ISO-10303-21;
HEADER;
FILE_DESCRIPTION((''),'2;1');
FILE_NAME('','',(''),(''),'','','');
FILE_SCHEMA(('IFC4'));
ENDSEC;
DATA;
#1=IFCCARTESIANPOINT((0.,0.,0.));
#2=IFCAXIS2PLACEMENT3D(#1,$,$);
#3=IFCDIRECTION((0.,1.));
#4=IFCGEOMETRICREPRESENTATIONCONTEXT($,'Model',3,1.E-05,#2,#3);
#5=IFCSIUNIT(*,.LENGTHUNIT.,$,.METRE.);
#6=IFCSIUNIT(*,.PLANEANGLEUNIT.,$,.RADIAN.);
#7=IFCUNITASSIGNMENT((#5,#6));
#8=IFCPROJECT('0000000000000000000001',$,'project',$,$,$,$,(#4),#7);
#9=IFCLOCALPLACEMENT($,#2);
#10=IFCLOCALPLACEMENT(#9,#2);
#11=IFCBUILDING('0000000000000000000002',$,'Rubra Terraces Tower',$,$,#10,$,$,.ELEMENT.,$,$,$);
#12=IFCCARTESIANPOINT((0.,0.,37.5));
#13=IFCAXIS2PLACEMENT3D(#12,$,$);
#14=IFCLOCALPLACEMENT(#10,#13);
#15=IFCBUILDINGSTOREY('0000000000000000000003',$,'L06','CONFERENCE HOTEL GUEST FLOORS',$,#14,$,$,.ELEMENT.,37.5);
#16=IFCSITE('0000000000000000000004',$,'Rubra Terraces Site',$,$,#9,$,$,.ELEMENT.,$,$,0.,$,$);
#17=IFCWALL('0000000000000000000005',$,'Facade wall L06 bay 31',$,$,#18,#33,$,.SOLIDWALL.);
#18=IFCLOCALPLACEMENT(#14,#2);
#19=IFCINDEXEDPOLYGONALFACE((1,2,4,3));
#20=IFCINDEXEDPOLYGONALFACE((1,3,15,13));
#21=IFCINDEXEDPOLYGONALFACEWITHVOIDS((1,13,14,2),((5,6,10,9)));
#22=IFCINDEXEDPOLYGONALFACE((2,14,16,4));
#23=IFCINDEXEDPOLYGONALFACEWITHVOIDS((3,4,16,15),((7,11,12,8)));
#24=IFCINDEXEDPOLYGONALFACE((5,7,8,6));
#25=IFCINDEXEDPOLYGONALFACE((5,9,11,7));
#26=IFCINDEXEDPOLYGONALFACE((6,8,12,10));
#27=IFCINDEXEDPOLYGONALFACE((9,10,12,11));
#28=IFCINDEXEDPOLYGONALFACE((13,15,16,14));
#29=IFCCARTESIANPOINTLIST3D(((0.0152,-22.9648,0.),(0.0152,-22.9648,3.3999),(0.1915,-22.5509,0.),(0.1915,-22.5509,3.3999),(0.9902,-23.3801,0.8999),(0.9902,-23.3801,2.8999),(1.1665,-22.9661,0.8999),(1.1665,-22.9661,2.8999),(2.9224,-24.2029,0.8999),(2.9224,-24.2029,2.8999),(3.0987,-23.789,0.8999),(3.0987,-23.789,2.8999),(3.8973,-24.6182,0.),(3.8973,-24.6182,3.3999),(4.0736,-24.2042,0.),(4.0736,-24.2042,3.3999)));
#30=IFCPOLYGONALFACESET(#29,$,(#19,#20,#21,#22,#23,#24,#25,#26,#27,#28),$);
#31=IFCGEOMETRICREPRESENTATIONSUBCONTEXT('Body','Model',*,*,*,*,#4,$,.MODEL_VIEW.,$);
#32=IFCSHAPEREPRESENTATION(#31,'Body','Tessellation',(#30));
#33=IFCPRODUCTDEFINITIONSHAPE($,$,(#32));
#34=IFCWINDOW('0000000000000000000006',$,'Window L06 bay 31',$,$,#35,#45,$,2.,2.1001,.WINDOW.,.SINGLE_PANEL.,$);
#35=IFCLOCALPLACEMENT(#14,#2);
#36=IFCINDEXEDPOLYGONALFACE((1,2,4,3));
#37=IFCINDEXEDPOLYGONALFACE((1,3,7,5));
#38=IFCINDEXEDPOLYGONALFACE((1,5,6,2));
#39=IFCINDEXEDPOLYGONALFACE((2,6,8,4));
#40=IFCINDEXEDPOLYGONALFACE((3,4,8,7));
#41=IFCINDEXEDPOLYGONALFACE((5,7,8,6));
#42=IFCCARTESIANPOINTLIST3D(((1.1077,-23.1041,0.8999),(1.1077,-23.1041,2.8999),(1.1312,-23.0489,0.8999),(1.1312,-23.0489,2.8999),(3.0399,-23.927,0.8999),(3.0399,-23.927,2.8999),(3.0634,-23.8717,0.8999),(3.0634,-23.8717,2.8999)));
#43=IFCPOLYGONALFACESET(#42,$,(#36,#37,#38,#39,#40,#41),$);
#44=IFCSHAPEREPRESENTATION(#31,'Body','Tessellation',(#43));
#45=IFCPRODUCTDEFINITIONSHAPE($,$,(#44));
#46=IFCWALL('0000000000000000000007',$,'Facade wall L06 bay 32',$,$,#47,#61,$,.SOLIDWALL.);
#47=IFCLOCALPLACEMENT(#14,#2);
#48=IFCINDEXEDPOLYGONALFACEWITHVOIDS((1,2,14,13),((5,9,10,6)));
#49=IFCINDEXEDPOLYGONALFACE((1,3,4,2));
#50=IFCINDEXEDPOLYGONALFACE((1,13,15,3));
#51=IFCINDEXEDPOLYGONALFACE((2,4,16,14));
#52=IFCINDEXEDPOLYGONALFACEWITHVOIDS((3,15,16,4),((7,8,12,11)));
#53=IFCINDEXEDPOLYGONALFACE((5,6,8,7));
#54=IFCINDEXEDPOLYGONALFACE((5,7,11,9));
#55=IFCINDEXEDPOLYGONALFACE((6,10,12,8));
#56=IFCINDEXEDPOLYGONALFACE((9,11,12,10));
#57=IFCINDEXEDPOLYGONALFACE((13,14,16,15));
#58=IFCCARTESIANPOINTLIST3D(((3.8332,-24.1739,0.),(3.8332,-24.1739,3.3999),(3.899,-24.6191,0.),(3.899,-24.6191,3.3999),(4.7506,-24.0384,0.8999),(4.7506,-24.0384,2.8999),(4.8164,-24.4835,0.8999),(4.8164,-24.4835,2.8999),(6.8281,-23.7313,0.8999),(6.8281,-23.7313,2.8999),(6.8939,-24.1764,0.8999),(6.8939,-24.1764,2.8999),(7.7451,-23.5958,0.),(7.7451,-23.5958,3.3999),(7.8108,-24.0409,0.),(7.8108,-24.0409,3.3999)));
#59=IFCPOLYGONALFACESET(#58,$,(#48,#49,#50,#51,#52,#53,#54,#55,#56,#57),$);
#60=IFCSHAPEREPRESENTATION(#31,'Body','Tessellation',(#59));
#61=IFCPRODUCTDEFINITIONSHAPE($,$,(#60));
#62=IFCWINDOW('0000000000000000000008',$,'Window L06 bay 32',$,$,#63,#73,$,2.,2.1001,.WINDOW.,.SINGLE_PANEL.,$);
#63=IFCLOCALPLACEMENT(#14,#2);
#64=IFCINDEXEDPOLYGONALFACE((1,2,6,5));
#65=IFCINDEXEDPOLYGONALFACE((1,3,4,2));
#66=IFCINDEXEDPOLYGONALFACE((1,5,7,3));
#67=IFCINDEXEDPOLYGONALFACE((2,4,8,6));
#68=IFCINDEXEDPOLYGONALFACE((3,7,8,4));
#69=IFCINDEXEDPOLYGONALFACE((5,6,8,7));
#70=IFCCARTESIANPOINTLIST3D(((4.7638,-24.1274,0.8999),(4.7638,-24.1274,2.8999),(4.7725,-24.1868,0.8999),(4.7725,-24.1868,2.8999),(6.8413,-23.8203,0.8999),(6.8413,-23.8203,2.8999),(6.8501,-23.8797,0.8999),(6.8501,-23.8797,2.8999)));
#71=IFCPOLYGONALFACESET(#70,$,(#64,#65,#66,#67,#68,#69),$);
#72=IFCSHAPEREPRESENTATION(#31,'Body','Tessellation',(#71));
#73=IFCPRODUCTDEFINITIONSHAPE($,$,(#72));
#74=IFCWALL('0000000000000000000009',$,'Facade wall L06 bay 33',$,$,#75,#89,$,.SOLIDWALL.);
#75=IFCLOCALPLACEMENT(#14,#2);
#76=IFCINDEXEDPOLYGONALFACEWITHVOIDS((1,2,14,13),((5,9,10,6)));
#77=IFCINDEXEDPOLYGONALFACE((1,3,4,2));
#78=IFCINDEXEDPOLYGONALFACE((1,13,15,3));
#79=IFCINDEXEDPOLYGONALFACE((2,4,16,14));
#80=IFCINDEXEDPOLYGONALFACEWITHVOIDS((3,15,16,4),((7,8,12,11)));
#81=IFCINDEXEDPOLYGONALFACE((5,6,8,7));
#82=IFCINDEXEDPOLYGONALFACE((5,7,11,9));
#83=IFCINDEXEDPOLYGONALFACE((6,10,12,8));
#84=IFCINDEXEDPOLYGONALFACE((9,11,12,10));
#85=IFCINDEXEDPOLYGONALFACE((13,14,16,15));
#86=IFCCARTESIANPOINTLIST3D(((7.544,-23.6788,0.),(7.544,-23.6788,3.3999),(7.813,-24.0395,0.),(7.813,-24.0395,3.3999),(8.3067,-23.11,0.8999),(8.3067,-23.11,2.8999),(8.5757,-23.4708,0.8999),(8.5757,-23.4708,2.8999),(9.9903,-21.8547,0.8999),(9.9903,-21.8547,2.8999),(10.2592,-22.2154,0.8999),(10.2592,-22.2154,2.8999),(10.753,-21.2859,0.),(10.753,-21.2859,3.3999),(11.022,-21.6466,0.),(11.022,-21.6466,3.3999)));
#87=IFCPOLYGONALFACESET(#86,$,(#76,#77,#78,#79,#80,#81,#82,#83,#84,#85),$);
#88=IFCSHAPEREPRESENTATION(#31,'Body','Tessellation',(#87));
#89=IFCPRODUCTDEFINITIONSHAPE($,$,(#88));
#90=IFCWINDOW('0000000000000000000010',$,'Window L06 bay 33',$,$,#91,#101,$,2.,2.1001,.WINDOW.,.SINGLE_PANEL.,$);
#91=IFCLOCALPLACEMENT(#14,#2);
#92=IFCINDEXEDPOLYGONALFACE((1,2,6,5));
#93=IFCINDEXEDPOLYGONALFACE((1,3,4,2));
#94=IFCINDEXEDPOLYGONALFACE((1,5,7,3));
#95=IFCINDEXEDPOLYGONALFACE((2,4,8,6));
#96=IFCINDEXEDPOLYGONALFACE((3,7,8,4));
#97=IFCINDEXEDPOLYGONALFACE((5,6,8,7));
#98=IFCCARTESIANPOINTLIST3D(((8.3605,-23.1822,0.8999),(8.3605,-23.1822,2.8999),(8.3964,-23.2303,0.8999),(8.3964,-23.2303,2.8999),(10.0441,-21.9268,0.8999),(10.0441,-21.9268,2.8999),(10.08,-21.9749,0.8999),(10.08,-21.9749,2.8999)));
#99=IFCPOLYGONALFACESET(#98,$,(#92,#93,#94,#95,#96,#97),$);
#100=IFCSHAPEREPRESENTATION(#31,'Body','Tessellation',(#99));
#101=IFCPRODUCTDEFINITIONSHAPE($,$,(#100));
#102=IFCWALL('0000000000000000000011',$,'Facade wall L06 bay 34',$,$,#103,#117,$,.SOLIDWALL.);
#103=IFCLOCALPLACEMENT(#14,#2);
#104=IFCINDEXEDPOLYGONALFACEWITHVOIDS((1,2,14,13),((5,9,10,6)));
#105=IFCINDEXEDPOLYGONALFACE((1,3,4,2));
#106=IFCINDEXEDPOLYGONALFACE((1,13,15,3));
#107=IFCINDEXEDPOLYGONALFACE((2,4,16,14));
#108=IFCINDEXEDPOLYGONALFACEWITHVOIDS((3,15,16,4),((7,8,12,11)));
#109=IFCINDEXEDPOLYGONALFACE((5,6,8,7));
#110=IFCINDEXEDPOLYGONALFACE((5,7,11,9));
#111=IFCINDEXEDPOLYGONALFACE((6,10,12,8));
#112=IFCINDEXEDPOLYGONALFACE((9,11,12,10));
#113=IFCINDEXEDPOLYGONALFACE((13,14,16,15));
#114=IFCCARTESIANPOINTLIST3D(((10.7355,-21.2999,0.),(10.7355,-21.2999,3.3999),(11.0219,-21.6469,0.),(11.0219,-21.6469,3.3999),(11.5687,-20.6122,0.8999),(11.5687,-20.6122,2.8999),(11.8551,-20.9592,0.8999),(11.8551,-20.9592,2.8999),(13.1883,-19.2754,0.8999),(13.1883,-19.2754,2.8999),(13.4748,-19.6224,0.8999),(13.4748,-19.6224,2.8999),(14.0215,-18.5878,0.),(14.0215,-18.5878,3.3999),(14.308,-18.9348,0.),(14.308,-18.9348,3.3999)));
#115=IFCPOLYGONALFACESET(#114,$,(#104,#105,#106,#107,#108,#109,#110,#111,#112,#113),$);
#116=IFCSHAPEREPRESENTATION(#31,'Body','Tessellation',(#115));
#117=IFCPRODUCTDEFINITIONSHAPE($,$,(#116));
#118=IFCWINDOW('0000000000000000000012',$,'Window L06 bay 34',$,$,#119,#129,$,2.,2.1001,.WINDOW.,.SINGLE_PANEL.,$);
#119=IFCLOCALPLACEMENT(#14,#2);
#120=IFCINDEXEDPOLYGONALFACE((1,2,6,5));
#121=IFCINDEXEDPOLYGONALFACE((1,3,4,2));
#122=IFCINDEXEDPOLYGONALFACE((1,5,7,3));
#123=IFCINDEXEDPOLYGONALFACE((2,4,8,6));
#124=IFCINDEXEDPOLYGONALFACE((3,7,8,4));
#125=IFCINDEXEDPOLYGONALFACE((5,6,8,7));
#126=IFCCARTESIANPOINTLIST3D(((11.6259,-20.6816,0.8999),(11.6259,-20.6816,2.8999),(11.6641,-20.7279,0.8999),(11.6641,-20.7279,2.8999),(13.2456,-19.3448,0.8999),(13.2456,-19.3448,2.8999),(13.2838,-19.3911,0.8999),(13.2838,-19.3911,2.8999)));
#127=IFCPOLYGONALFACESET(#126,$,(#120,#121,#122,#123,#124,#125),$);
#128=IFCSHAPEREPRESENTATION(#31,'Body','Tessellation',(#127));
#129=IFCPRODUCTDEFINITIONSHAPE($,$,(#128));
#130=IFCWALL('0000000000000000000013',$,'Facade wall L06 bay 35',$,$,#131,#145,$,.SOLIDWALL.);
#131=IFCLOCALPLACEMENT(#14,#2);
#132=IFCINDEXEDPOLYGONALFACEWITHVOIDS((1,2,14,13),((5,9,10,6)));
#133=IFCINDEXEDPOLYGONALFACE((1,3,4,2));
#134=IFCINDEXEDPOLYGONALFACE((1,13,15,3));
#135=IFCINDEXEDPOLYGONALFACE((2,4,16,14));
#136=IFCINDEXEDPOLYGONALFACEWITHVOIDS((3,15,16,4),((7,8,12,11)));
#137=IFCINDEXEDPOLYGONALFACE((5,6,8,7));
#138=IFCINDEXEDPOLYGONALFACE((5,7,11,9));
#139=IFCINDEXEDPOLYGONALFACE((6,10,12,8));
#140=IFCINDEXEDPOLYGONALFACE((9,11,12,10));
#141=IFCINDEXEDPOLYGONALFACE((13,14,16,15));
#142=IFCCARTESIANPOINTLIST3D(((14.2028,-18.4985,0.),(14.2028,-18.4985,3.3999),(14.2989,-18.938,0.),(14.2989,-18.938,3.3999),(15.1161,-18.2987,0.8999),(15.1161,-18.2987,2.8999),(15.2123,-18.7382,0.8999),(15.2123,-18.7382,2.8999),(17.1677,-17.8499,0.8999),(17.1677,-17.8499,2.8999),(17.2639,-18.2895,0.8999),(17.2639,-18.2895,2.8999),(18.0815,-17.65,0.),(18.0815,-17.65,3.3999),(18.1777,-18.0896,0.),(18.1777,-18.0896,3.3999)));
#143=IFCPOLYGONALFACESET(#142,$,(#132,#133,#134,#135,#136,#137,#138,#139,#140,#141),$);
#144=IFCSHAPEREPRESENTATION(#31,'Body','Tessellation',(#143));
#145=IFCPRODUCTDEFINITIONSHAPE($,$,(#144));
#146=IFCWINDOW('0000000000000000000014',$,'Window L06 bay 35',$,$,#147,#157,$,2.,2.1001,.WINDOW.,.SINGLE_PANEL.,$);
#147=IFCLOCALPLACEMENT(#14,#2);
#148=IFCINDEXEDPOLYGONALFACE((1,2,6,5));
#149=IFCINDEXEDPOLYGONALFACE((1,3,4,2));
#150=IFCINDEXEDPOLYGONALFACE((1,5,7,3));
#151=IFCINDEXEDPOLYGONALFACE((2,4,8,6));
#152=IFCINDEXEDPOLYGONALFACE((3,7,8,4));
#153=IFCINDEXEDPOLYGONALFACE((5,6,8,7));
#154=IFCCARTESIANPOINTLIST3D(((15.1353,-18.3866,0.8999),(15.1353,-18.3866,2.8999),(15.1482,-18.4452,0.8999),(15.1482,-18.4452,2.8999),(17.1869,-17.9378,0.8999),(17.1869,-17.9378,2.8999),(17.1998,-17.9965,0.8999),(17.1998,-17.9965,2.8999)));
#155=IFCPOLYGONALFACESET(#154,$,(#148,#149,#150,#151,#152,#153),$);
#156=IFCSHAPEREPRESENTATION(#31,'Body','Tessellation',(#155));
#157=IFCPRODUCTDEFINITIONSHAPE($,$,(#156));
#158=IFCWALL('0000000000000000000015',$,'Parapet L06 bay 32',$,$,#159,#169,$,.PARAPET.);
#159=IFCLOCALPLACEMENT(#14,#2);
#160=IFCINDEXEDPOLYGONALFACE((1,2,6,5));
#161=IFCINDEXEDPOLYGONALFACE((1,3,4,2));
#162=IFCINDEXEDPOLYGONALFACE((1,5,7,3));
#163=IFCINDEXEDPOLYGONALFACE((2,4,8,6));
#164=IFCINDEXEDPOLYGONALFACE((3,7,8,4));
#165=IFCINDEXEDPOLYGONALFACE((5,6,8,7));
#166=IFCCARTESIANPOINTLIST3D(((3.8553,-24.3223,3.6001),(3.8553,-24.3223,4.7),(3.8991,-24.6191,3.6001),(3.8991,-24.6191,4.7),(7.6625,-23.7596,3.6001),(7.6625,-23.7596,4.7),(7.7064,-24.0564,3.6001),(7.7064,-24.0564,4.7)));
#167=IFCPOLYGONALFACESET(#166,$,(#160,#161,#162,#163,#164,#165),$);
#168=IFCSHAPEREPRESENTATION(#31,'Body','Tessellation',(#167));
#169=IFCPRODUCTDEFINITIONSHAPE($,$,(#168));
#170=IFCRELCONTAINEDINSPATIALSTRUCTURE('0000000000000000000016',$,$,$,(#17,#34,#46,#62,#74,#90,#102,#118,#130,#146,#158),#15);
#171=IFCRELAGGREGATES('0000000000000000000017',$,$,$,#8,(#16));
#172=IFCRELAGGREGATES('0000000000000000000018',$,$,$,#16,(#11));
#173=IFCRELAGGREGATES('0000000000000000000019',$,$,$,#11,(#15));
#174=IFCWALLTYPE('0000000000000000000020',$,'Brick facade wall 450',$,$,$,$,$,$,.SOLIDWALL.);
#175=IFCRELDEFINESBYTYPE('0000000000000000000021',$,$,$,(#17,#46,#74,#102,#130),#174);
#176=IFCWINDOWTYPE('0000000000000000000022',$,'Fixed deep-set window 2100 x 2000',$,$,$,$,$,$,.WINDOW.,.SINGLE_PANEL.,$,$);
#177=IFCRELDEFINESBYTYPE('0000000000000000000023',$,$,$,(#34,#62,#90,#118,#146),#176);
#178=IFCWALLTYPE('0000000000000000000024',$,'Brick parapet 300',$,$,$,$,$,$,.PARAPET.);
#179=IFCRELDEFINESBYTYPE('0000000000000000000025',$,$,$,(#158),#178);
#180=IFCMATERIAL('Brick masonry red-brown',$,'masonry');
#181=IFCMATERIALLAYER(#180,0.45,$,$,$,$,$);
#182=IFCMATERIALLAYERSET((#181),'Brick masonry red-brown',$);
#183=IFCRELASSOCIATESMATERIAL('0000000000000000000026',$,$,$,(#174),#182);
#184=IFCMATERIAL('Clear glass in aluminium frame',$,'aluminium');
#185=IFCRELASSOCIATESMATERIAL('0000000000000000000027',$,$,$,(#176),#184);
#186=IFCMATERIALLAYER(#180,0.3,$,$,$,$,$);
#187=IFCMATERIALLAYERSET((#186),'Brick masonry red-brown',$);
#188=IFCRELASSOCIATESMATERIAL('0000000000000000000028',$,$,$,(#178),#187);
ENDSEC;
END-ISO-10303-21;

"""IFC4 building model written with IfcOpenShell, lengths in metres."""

from ifc_helpers import new_model, si_unit, direction, frame, frame_2d, origin, place, context, subcontext, project, spatial, rectangle, extrude, material, layer, layer_set, type_object, element, fill, save


model = new_model("IFC4")

# Units and contexts
model_context = context("Model", 3, precision=1e-05, world=origin(), true_north=direction((0.0, 1.0)))
body_context = subcontext(model_context, "Body", "Model", "MODEL_VIEW")
ifc_project = project(units=[si_unit("LENGTHUNIT", "METRE"), si_unit("PLANEANGLEUNIT", "RADIAN")], contexts=[model_context])

# Site, building, storey
site_placement = place(None, origin())
site = spatial("IfcSite", under=ifc_project, at=site_placement, Name="Rubra Terraces Site", CompositionType="ELEMENT", RefElevation=0.0)
building_placement = place(site_placement, origin())
building = spatial("IfcBuilding", under=site, at=building_placement, Name="Rubra Terraces Tower", CompositionType="ELEMENT")
storey_placement = place(building_placement, frame((0.0, 0.0, 37.5)))
storey = spatial("IfcBuildingStorey", under=building, at=storey_placement, Name="L06", Description="CONFERENCE HOTEL GUEST FLOORS", CompositionType="ELEMENT", Elevation=37.5)

# Walls, openings, windows
ifc_material_1 = material(Name="Brick masonry red-brown", Category="masonry")
ifc_layer_1 = layer(ifc_material_1, 0.45)
ifc_layer_set_1 = layer_set([ifc_layer_1], Name="Brick masonry red-brown")
wall_type_1 = type_object("IfcWallType", Name="Brick facade wall 450", PredefinedType="SOLIDWALL", material=ifc_layer_set_1)
wall_1_placement = place(storey_placement, frame((0.1033, -22.7578, 0.0), z_axis=(0.0, 0.0, 1.0), x_axis=(0.920037, -0.39183, 0.0)))
wall_1 = element("IfcWall", 1, at=wall_1_placement, inside=storey, type_object=wall_type_1, Name="Facade wall L06 bay 31", PredefinedType="SOLIDWALL", context=body_context, shape_type="SweptSolid", body=[
    extrude(rectangle(XDim=4.2195, YDim=0.45, at=frame_2d((2.1099, 0.0))), origin(), (0.0, 0.0, 1.0), 3.3999),
])
opening_1_placement = place(wall_1_placement, frame((1.0598, 0.0, 0.8999)))
opening_1 = element("IfcOpeningElement", 2, at=opening_1_placement, cuts=wall_1, PredefinedType="OPENING", context=body_context, shape_type="SweptSolid", body=[
    extrude(rectangle(XDim=2.1001, YDim=2.0, at=frame_2d((1.05, 1.0))), frame((0.0, 0.2349, 0.0), z_axis=(0.0, -1.0, 0.0), x_axis=(1.0, 0.0, 0.0)), (0.0, 0.0, 1.0), 0.47),
])
ifc_material_2 = material(Name="Clear glass in aluminium frame", Category="aluminium")
window_type = type_object("IfcWindowType", Name="Fixed deep-set window 2100 x 2000", PartitioningType="SINGLE_PANEL", PredefinedType="WINDOW", material=ifc_material_2)
window_1_placement = place(opening_1_placement, origin())
window_1 = element("IfcWindow", 3, at=window_1_placement, inside=storey, type_object=window_type, Name="Window L06 bay 31", OverallHeight=2.0, OverallWidth=2.1001, PartitioningType="SINGLE_PANEL", PredefinedType="WINDOW", context=body_context, shape_type="SweptSolid", body=[
    extrude(rectangle(XDim=2.1001, YDim=2.0, at=frame_2d((1.05, 1.0))), frame((0.0, 0.135, 0.0), z_axis=(0.0, -1.0, 0.0), x_axis=(1.0, 0.0, 0.0)), (0.0, 0.0, 1.0), 0.0601),
])
fill(opening_1, window_1)
wall_2_placement = place(storey_placement, frame((3.8662, -24.3965, 0.0), z_axis=(0.0, 0.0, 1.0), x_axis=(0.989255, 0.1462, 0.0)))
wall_2 = element("IfcWall", 4, at=wall_2_placement, inside=storey, type_object=wall_type_1, Name="Facade wall L06 bay 32", PredefinedType="SOLIDWALL", context=body_context, shape_type="SweptSolid", body=[
    extrude(rectangle(XDim=3.9543, YDim=0.45, at=frame_2d((1.9771, 0.0))), origin(), (0.0, 0.0, 1.0), 3.3999),
])
opening_2_placement = place(wall_2_placement, frame((0.9272, 0.0, 0.8999)))
opening_2 = element("IfcOpeningElement", 5, at=opening_2_placement, cuts=wall_2, PredefinedType="OPENING", context=body_context, shape_type="SweptSolid", body=[
    extrude(rectangle(XDim=2.1001, YDim=2.0, at=frame_2d((1.05, 1.0))), frame((0.0, 0.2349, 0.0), z_axis=(0.0, -1.0, 0.0), x_axis=(1.0, 0.0, 0.0)), (0.0, 0.0, 1.0), 0.47),
])
window_2_placement = place(opening_2_placement, origin())
window_2 = element("IfcWindow", 6, at=window_2_placement, inside=storey, type_object=window_type, Name="Window L06 bay 32", OverallHeight=2.0, OverallWidth=2.1001, PartitioningType="SINGLE_PANEL", PredefinedType="WINDOW", context=body_context, shape_type="SweptSolid", body=[
    extrude(rectangle(XDim=2.1001, YDim=2.0, at=frame_2d((1.05, 1.0))), frame((0.0, 0.135, 0.0), z_axis=(0.0, -1.0, 0.0), x_axis=(1.0, 0.0, 0.0)), (0.0, 0.0, 1.0), 0.0601),
])
fill(opening_2, window_2)
wall_3_placement = place(storey_placement, frame((7.6785, -23.8591, 0.0), z_axis=(0.0, 0.0, 1.0), x_axis=(0.801666, 0.597773, 0.0)))
wall_3 = element("IfcWall", 7, at=wall_3_placement, inside=storey, type_object=wall_type_1, Name="Facade wall L06 bay 33", PredefinedType="SOLIDWALL", context=body_context, shape_type="SweptSolid", body=[
    extrude(rectangle(XDim=4.0029, YDim=0.45, at=frame_2d((2.0015, 0.0))), origin(), (0.0, 0.0, 1.0), 3.3999),
])
opening_3_placement = place(wall_3_placement, frame((0.9514, 0.0, 0.8999)))
opening_3 = element("IfcOpeningElement", 8, at=opening_3_placement, cuts=wall_3, PredefinedType="OPENING", context=body_context, shape_type="SweptSolid", body=[
    extrude(rectangle(XDim=2.1001, YDim=2.0, at=frame_2d((1.05, 1.0))), frame((0.0, 0.2349, 0.0), z_axis=(0.0, -1.0, 0.0), x_axis=(1.0, 0.0, 0.0)), (0.0, 0.0, 1.0), 0.47),
])
window_3_placement = place(opening_3_placement, origin())
window_3 = element("IfcWindow", 9, at=window_3_placement, inside=storey, type_object=window_type, Name="Window L06 bay 33", OverallHeight=2.0, OverallWidth=2.1001, PartitioningType="SINGLE_PANEL", PredefinedType="WINDOW", context=body_context, shape_type="SweptSolid", body=[
    extrude(rectangle(XDim=2.1001, YDim=2.0, at=frame_2d((1.05, 1.0))), frame((0.0, 0.135, 0.0), z_axis=(0.0, -1.0, 0.0), x_axis=(1.0, 0.0, 0.0)), (0.0, 0.0, 1.0), 0.0601),
])
fill(opening_3, window_3)
wall_4_placement = place(storey_placement, frame((10.8787, -21.4734, 0.0), z_axis=(0.0, 0.0, 1.0), x_axis=(0.771247, 0.636536, 0.0)))
wall_4 = element("IfcWall", 10, at=wall_4_placement, inside=storey, type_object=wall_type_1, Name="Facade wall L06 bay 34", PredefinedType="SOLIDWALL", context=body_context, shape_type="SweptSolid", body=[
    extrude(rectangle(XDim=4.2607, YDim=0.45, at=frame_2d((2.1304, 0.0))), origin(), (0.0, 0.0, 1.0), 3.3999),
])
opening_4_placement = place(wall_4_placement, frame((1.0803, 0.0, 0.8999)))
opening_4 = element("IfcOpeningElement", 11, at=opening_4_placement, cuts=wall_4, PredefinedType="OPENING", context=body_context, shape_type="SweptSolid", body=[
    extrude(rectangle(XDim=2.1001, YDim=2.0, at=frame_2d((1.05, 1.0))), frame((0.0, 0.2349, 0.0), z_axis=(0.0, -1.0, 0.0), x_axis=(1.0, 0.0, 0.0)), (0.0, 0.0, 1.0), 0.47),
])
window_4_placement = place(opening_4_placement, origin())
window_4 = element("IfcWindow", 12, at=window_4_placement, inside=storey, type_object=window_type, Name="Window L06 bay 34", OverallHeight=2.0, OverallWidth=2.1001, PartitioningType="SINGLE_PANEL", PredefinedType="WINDOW", context=body_context, shape_type="SweptSolid", body=[
    extrude(rectangle(XDim=2.1001, YDim=2.0, at=frame_2d((1.05, 1.0))), frame((0.0, 0.135, 0.0), z_axis=(0.0, -1.0, 0.0), x_axis=(1.0, 0.0, 0.0)), (0.0, 0.0, 1.0), 0.0601),
])
fill(opening_4, window_4)
wall_5_placement = place(storey_placement, frame((14.2507, -18.7183, 0.0), z_axis=(0.0, 0.0, 1.0), x_axis=(0.976904, 0.21368, 0.0)))
wall_5 = element("IfcWall", 13, at=wall_5_placement, inside=storey, type_object=wall_type_1, Name="Facade wall L06 bay 35", PredefinedType="SOLIDWALL", context=body_context, shape_type="SweptSolid", body=[
    extrude(rectangle(XDim=3.9705, YDim=0.45, at=frame_2d((1.9854, 0.0))), origin(), (0.0, 0.0, 1.0), 3.3999),
])
opening_5_placement = place(wall_5_placement, frame((0.9351, 0.0, 0.8999)))
opening_5 = element("IfcOpeningElement", 14, at=opening_5_placement, cuts=wall_5, PredefinedType="OPENING", context=body_context, shape_type="SweptSolid", body=[
    extrude(rectangle(XDim=2.1001, YDim=2.0, at=frame_2d((1.05, 1.0))), frame((0.0, 0.2349, 0.0), z_axis=(0.0, -1.0, 0.0), x_axis=(1.0, 0.0, 0.0)), (0.0, 0.0, 1.0), 0.47),
])
window_5_placement = place(opening_5_placement, origin())
window_5 = element("IfcWindow", 15, at=window_5_placement, inside=storey, type_object=window_type, Name="Window L06 bay 35", OverallHeight=2.0, OverallWidth=2.1001, PartitioningType="SINGLE_PANEL", PredefinedType="WINDOW", context=body_context, shape_type="SweptSolid", body=[
    extrude(rectangle(XDim=2.1001, YDim=2.0, at=frame_2d((1.05, 1.0))), frame((0.0, 0.135, 0.0), z_axis=(0.0, -1.0, 0.0), x_axis=(1.0, 0.0, 0.0)), (0.0, 0.0, 1.0), 0.0601),
])
fill(opening_5, window_5)

# Wall
ifc_layer_2 = layer(ifc_material_1, 0.3)
ifc_layer_set_2 = layer_set([ifc_layer_2], Name="Brick masonry red-brown")
wall_type_2 = type_object("IfcWallType", Name="Brick parapet 300", PredefinedType="PARAPET", material=ifc_layer_set_2)
wall_6_placement = place(storey_placement, frame((3.8772, -24.4707, 3.6001), z_axis=(0.0, 0.0, 1.0), x_axis=(0.989253, 0.146215, 0.0)))
element("IfcWall", 16, at=wall_6_placement, inside=storey, type_object=wall_type_2, Name="Parapet L06 bay 32", PredefinedType="PARAPET", context=body_context, shape_type="SweptSolid", body=[
    extrude(rectangle(XDim=3.8486, YDim=0.3, at=frame_2d((1.9243, 0.0))), origin(), (0.0, 0.0, 1.0), 1.0999),
])

save(model, "model.ifc")
